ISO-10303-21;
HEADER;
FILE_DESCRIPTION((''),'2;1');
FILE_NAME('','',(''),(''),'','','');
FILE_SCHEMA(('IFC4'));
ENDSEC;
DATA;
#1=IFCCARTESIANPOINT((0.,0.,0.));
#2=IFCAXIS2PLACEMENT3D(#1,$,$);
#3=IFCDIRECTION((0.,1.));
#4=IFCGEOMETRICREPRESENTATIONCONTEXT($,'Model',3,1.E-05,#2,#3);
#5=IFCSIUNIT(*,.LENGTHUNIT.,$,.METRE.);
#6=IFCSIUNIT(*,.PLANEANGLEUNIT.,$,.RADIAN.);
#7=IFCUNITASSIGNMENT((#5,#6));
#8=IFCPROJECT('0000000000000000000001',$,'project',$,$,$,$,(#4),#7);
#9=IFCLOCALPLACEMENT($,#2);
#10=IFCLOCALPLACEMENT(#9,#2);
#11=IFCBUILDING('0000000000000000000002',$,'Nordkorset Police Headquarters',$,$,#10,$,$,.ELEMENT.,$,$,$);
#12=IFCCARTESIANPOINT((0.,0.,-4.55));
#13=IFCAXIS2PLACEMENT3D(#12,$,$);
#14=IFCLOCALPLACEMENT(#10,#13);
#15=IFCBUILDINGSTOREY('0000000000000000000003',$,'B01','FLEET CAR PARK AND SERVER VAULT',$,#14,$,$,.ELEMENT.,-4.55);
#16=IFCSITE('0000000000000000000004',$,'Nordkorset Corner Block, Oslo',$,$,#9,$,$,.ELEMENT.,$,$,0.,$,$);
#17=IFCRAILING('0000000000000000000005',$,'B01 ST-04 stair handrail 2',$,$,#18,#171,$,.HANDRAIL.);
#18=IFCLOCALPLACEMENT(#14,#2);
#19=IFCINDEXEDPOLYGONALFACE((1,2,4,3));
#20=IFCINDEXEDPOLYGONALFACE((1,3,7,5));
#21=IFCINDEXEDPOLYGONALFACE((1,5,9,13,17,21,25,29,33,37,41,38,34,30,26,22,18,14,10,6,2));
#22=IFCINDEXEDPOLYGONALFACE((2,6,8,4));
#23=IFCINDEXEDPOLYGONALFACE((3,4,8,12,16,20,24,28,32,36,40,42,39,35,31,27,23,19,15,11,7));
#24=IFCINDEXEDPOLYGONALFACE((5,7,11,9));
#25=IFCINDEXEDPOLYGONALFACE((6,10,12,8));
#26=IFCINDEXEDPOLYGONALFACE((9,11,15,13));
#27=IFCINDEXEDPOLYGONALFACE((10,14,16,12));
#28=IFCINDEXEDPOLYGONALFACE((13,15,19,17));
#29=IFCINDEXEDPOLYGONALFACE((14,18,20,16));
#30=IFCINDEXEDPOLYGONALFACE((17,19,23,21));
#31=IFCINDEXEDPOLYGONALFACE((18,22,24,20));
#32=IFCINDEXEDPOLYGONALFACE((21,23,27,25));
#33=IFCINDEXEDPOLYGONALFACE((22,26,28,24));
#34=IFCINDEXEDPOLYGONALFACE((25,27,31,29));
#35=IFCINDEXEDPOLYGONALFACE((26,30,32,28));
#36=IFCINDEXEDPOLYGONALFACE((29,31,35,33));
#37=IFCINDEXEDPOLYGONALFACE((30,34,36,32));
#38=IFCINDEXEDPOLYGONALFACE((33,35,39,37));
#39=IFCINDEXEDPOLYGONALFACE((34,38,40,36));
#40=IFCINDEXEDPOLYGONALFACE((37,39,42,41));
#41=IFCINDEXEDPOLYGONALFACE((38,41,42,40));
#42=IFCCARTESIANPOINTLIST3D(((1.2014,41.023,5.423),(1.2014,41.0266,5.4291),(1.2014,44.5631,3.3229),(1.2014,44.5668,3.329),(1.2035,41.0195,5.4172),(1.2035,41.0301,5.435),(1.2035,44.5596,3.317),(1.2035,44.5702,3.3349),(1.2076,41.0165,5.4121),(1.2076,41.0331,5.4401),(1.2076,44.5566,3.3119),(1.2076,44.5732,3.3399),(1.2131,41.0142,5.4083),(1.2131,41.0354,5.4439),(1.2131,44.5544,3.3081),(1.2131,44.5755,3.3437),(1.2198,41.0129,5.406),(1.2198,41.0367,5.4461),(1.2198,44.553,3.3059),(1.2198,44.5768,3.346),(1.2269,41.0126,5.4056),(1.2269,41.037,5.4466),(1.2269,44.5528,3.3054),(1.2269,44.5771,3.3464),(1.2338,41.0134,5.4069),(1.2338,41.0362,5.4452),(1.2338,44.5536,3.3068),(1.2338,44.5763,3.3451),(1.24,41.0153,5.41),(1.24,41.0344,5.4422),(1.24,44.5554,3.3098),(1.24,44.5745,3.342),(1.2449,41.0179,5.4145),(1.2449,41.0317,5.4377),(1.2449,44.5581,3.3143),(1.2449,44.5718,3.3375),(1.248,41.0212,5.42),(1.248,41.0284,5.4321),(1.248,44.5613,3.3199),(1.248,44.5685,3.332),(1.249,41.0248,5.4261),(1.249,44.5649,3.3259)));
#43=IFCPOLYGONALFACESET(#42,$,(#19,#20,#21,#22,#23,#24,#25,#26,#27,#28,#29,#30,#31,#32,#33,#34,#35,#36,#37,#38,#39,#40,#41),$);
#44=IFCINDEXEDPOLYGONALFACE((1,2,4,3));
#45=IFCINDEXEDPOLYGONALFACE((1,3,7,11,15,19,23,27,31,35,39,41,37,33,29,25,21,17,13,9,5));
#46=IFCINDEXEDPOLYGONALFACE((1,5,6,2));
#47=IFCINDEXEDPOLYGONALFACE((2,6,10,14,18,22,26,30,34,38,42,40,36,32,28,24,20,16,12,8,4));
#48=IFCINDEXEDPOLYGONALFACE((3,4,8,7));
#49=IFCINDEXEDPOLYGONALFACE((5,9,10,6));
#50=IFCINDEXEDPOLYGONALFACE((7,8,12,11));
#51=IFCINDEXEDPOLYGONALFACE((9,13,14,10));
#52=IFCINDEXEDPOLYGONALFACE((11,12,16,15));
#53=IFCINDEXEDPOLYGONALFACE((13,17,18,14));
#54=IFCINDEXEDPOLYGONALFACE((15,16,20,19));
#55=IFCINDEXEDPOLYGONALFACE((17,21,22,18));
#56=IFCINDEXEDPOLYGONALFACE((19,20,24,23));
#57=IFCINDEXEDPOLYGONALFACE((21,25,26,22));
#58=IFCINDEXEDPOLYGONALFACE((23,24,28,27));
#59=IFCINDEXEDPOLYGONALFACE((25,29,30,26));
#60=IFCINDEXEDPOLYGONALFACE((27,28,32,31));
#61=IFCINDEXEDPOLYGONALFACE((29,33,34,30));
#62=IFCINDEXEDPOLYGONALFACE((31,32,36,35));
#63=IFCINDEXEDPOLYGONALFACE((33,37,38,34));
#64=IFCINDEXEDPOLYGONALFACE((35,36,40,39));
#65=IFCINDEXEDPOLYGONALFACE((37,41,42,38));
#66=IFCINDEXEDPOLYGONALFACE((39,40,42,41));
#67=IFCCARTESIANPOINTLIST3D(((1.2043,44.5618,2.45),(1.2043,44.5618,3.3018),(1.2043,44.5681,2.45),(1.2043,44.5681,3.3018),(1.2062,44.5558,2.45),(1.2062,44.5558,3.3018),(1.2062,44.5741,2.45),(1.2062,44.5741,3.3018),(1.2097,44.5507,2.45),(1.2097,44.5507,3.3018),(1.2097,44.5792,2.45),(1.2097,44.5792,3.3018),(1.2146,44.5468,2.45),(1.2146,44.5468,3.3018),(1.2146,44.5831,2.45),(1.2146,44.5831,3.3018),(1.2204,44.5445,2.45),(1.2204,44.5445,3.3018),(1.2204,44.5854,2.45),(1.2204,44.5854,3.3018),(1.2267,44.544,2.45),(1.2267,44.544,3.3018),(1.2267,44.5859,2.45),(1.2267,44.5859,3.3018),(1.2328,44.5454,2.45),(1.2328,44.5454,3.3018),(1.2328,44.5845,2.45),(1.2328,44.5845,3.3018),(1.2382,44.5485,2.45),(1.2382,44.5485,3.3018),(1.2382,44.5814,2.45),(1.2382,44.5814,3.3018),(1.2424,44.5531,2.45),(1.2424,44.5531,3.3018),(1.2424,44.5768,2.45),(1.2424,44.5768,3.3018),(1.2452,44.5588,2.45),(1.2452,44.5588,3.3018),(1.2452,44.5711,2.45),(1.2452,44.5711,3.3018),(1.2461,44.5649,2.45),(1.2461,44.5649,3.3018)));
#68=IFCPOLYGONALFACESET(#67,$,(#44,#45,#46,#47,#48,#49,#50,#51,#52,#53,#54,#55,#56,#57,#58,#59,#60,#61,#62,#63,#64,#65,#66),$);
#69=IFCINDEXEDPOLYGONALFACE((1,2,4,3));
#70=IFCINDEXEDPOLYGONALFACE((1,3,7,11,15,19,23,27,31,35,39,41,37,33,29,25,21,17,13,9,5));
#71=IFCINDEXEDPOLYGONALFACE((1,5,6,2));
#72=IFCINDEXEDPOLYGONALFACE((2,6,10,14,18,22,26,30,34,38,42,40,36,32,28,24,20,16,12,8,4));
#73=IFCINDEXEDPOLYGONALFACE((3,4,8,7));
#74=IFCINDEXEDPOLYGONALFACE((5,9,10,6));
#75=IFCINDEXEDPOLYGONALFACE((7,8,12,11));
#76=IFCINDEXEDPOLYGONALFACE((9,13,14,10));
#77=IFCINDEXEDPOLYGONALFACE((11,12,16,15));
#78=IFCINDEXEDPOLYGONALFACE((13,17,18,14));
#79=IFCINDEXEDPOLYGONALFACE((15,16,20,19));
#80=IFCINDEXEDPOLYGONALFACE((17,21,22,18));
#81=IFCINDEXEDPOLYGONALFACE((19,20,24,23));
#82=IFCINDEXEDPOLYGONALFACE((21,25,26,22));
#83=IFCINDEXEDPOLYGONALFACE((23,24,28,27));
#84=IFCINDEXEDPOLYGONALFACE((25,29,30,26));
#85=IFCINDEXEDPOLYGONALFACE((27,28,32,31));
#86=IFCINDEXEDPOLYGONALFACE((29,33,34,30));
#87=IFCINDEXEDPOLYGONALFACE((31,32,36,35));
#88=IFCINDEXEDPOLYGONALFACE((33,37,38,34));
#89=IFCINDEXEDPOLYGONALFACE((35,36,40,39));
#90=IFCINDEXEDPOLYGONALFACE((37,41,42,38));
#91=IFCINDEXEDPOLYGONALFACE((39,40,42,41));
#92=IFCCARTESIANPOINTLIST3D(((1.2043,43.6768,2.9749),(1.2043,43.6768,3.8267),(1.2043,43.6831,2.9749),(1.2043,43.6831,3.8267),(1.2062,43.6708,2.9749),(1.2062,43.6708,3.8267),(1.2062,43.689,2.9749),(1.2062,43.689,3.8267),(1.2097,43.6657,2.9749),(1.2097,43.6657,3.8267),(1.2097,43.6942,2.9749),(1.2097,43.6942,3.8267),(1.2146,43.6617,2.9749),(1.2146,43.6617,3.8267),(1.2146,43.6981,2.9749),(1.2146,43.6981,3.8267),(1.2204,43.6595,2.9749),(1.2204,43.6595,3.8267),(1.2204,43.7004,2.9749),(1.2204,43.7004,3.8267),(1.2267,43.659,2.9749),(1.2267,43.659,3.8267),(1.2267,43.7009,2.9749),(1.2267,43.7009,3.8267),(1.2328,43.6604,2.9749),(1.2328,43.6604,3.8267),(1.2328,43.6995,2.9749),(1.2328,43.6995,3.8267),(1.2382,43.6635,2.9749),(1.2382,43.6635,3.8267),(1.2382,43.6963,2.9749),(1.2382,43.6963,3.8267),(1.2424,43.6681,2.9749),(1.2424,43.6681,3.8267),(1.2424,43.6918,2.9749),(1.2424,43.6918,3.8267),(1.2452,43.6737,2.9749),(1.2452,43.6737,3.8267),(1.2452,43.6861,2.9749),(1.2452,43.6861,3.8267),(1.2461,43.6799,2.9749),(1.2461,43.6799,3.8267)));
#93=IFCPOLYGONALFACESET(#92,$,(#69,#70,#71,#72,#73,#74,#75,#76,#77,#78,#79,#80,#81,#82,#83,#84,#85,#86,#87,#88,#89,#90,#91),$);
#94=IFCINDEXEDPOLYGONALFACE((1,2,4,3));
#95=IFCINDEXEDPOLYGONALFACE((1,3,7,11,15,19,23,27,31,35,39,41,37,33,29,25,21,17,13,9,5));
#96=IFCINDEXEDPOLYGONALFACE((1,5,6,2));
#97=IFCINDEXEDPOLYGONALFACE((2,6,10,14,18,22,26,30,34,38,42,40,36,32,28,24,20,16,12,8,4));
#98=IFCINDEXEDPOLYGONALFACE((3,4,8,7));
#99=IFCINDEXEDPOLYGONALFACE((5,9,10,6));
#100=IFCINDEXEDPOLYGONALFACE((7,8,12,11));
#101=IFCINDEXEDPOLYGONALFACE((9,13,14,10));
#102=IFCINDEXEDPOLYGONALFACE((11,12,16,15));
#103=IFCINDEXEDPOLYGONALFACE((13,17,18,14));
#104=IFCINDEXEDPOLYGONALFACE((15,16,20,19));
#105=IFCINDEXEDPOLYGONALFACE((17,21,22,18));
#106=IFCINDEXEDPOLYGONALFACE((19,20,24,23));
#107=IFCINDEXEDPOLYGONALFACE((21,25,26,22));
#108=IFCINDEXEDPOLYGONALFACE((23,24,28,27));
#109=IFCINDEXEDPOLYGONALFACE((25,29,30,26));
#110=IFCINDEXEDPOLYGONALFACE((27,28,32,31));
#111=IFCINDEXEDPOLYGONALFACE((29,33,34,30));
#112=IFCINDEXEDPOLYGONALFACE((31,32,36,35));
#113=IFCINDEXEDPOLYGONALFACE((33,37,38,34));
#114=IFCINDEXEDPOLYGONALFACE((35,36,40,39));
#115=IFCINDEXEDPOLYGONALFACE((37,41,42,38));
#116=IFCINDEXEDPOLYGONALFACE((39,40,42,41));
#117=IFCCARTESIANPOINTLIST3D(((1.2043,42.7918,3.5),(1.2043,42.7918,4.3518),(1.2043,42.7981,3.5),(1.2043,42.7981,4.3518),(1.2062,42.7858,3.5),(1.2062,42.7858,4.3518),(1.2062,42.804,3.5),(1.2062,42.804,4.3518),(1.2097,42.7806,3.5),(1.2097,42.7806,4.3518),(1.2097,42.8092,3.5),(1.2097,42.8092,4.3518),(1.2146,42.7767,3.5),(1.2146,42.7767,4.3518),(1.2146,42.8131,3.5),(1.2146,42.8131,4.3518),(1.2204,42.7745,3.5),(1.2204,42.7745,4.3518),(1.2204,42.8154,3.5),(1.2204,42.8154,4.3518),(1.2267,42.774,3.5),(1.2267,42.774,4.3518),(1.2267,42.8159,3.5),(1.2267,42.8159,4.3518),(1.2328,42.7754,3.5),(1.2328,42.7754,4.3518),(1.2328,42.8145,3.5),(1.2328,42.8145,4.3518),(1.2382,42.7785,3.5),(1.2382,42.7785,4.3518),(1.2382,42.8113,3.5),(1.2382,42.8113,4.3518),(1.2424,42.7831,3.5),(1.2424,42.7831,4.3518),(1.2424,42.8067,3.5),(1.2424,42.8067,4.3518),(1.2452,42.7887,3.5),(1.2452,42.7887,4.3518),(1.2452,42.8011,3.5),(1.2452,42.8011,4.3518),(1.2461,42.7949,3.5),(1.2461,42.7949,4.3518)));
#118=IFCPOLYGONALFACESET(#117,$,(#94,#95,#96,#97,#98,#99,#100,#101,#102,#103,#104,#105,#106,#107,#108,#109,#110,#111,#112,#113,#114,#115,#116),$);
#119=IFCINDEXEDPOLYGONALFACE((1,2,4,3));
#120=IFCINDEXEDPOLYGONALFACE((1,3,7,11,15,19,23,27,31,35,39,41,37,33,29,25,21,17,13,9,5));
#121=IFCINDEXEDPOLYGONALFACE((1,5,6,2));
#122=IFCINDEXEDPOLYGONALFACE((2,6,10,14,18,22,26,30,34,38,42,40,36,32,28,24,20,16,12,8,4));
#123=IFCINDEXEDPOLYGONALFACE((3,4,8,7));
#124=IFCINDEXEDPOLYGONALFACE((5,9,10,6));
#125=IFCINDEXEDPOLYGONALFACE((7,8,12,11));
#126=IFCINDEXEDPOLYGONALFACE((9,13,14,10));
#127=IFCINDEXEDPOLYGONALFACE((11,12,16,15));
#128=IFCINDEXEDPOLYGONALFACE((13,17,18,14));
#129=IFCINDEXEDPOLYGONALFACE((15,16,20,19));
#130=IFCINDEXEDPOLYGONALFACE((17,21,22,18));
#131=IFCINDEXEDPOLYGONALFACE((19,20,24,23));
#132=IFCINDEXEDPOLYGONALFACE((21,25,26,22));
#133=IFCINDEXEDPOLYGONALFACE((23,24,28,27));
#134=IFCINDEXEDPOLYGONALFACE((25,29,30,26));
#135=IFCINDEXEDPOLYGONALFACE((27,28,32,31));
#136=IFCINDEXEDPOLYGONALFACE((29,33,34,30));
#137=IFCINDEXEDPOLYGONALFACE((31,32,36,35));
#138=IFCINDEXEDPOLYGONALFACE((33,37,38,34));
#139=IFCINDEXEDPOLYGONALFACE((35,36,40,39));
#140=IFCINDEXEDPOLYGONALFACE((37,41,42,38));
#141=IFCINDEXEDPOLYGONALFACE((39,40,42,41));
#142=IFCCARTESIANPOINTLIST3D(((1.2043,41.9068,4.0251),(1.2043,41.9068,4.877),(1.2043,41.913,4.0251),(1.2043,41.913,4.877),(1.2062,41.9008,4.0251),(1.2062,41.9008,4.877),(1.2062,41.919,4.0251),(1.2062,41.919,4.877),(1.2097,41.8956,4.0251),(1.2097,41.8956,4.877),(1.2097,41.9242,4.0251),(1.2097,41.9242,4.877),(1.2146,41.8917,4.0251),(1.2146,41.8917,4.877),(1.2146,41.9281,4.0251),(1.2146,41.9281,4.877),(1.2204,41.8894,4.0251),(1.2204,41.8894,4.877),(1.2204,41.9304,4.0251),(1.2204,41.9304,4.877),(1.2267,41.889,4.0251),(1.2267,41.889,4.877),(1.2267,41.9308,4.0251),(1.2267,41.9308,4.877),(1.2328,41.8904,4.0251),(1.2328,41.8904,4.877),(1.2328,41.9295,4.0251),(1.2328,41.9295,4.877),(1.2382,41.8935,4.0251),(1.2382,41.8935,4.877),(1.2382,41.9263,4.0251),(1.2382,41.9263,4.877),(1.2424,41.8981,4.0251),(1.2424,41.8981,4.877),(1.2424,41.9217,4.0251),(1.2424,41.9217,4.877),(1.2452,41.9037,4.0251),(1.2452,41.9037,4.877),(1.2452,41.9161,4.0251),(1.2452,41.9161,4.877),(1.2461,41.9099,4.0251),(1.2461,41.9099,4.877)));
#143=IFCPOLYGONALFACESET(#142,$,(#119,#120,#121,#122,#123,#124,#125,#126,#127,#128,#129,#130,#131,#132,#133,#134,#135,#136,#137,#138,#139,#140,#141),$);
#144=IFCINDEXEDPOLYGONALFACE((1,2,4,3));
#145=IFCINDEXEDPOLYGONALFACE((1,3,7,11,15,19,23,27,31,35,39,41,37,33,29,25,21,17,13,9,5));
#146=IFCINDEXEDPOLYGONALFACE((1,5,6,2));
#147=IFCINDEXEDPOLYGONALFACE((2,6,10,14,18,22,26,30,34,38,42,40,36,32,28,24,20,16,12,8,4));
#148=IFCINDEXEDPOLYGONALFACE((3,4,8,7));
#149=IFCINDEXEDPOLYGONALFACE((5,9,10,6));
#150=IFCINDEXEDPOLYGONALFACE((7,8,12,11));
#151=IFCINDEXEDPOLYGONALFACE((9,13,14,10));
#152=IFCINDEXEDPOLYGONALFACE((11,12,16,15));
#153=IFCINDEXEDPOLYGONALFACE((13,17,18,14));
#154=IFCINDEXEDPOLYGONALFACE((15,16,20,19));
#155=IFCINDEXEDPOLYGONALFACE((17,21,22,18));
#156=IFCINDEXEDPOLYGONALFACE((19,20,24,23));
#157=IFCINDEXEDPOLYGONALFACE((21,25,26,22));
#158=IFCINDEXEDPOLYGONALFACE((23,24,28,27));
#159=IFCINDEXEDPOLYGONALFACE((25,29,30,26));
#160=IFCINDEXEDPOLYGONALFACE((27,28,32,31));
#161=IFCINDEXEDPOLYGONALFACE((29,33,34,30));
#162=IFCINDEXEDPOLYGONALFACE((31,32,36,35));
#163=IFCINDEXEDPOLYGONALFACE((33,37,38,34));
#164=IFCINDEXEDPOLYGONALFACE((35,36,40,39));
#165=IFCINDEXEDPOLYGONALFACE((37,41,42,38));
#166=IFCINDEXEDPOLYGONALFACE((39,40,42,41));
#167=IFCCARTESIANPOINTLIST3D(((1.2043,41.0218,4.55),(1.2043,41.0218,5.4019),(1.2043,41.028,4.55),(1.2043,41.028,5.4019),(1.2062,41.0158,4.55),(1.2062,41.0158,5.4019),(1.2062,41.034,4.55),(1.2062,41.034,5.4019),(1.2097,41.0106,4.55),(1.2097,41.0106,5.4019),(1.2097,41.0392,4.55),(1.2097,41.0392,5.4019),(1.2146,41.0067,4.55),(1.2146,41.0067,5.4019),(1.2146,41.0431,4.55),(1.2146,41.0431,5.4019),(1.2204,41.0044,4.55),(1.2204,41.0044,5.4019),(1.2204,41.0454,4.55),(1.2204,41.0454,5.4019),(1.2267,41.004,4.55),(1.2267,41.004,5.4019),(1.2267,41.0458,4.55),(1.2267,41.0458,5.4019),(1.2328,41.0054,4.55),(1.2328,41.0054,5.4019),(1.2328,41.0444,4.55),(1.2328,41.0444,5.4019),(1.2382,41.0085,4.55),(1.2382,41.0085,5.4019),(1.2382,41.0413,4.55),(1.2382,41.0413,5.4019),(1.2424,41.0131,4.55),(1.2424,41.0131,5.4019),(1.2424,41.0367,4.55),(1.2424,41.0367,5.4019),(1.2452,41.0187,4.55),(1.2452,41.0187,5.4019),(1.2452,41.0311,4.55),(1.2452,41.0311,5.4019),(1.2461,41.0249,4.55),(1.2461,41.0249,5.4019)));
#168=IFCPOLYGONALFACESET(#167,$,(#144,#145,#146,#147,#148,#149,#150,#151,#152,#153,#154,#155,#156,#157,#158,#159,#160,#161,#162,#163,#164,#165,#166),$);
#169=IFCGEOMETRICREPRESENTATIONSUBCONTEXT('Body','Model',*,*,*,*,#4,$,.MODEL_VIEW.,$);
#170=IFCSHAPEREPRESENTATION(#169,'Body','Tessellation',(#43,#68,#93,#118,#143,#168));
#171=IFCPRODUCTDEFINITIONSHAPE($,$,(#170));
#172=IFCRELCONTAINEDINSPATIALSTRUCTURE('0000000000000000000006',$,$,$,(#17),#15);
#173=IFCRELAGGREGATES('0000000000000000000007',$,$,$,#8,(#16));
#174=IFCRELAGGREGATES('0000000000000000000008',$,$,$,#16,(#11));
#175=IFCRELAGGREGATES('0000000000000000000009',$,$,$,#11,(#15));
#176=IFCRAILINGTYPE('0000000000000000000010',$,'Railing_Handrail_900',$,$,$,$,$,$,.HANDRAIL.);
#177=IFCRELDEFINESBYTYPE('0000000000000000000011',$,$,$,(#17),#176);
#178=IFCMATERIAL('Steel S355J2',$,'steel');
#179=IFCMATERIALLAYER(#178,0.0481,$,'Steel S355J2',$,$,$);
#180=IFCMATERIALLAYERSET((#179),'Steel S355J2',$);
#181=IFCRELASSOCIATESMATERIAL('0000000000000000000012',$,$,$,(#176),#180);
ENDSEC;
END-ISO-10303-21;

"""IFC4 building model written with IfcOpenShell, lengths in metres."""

from ifc_helpers import new_model, si_unit, direction, frame, origin, origin_2d, place, context, subcontext, project, spatial, circle, extrude, material, layer, layer_set, type_object, element, save


model = new_model("IFC4")

# Units and contexts
model_context = context("Model", 3, precision=1e-05, world=origin(), true_north=direction((0.0, 1.0)))
body_context = subcontext(model_context, "Body", "Model", "MODEL_VIEW")
ifc_project = project(units=[si_unit("LENGTHUNIT", "METRE"), si_unit("PLANEANGLEUNIT", "RADIAN")], contexts=[model_context])

# Site, building, storey
site_placement = place(None, origin())
site = spatial("IfcSite", under=ifc_project, at=site_placement, Name="Nordkorset Corner Block, Oslo", CompositionType="ELEMENT", RefElevation=0.0)
building_placement = place(site_placement, origin())
building = spatial("IfcBuilding", under=site, at=building_placement, Name="Nordkorset Police Headquarters", CompositionType="ELEMENT")
storey_placement = place(building_placement, frame((0.0, 0.0, -4.55)))
storey = spatial("IfcBuildingStorey", under=building, at=storey_placement, Name="B01", Description="FLEET CAR PARK AND SERVER VAULT", CompositionType="ELEMENT", Elevation=-4.55)

# Railing
ifc_material_1 = material(Name="Steel S355J2", Category="steel")
ifc_layer_1 = layer(ifc_material_1, 0.0481, Name="Steel S355J2")
ifc_layer_set_1 = layer_set([ifc_layer_1], Name="Steel S355J2")
railing_type_1 = type_object("IfcRailingType", Name="Railing_Handrail_900", PredefinedType="HANDRAIL", material=ifc_layer_set_1)
railing_1_placement = place(storey_placement, frame((1.2251, 44.5649, 2.45)))
element("IfcRailing", 1, at=railing_1_placement, inside=storey, type_object=railing_type_1, Name="B01 ST-04 stair handrail 2", PredefinedType="HANDRAIL", context=body_context, shape_type="SweptSolid", body=[
    extrude(circle(Radius=0.0239, at=origin_2d()), frame((0.0, 0.0, 0.876), z_axis=(0.0, -0.860047, 0.510215), x_axis=(1.0, 0.0, 0.0)), (0.0, 0.0, 1.0), 4.1162),
    extrude(circle(Radius=0.021, at=origin_2d()), origin(), (0.0, 0.0, 1.0), 0.8518),
    extrude(circle(Radius=0.021, at=origin_2d()), frame((0.0, -0.885, 0.5249)), (0.0, 0.0, 1.0), 0.8518),
    extrude(circle(Radius=0.021, at=origin_2d()), frame((0.0, -1.77, 1.05)), (0.0, 0.0, 1.0), 0.8518),
    extrude(circle(Radius=0.021, at=origin_2d()), frame((0.0, -2.655, 1.5752)), (0.0, 0.0, 1.0), 0.8518),
    extrude(circle(Radius=0.021, at=origin_2d()), frame((0.0, -3.54, 2.1001)), (0.0, 0.0, 1.0), 0.8518),
])

save(model, "model.ifc")
